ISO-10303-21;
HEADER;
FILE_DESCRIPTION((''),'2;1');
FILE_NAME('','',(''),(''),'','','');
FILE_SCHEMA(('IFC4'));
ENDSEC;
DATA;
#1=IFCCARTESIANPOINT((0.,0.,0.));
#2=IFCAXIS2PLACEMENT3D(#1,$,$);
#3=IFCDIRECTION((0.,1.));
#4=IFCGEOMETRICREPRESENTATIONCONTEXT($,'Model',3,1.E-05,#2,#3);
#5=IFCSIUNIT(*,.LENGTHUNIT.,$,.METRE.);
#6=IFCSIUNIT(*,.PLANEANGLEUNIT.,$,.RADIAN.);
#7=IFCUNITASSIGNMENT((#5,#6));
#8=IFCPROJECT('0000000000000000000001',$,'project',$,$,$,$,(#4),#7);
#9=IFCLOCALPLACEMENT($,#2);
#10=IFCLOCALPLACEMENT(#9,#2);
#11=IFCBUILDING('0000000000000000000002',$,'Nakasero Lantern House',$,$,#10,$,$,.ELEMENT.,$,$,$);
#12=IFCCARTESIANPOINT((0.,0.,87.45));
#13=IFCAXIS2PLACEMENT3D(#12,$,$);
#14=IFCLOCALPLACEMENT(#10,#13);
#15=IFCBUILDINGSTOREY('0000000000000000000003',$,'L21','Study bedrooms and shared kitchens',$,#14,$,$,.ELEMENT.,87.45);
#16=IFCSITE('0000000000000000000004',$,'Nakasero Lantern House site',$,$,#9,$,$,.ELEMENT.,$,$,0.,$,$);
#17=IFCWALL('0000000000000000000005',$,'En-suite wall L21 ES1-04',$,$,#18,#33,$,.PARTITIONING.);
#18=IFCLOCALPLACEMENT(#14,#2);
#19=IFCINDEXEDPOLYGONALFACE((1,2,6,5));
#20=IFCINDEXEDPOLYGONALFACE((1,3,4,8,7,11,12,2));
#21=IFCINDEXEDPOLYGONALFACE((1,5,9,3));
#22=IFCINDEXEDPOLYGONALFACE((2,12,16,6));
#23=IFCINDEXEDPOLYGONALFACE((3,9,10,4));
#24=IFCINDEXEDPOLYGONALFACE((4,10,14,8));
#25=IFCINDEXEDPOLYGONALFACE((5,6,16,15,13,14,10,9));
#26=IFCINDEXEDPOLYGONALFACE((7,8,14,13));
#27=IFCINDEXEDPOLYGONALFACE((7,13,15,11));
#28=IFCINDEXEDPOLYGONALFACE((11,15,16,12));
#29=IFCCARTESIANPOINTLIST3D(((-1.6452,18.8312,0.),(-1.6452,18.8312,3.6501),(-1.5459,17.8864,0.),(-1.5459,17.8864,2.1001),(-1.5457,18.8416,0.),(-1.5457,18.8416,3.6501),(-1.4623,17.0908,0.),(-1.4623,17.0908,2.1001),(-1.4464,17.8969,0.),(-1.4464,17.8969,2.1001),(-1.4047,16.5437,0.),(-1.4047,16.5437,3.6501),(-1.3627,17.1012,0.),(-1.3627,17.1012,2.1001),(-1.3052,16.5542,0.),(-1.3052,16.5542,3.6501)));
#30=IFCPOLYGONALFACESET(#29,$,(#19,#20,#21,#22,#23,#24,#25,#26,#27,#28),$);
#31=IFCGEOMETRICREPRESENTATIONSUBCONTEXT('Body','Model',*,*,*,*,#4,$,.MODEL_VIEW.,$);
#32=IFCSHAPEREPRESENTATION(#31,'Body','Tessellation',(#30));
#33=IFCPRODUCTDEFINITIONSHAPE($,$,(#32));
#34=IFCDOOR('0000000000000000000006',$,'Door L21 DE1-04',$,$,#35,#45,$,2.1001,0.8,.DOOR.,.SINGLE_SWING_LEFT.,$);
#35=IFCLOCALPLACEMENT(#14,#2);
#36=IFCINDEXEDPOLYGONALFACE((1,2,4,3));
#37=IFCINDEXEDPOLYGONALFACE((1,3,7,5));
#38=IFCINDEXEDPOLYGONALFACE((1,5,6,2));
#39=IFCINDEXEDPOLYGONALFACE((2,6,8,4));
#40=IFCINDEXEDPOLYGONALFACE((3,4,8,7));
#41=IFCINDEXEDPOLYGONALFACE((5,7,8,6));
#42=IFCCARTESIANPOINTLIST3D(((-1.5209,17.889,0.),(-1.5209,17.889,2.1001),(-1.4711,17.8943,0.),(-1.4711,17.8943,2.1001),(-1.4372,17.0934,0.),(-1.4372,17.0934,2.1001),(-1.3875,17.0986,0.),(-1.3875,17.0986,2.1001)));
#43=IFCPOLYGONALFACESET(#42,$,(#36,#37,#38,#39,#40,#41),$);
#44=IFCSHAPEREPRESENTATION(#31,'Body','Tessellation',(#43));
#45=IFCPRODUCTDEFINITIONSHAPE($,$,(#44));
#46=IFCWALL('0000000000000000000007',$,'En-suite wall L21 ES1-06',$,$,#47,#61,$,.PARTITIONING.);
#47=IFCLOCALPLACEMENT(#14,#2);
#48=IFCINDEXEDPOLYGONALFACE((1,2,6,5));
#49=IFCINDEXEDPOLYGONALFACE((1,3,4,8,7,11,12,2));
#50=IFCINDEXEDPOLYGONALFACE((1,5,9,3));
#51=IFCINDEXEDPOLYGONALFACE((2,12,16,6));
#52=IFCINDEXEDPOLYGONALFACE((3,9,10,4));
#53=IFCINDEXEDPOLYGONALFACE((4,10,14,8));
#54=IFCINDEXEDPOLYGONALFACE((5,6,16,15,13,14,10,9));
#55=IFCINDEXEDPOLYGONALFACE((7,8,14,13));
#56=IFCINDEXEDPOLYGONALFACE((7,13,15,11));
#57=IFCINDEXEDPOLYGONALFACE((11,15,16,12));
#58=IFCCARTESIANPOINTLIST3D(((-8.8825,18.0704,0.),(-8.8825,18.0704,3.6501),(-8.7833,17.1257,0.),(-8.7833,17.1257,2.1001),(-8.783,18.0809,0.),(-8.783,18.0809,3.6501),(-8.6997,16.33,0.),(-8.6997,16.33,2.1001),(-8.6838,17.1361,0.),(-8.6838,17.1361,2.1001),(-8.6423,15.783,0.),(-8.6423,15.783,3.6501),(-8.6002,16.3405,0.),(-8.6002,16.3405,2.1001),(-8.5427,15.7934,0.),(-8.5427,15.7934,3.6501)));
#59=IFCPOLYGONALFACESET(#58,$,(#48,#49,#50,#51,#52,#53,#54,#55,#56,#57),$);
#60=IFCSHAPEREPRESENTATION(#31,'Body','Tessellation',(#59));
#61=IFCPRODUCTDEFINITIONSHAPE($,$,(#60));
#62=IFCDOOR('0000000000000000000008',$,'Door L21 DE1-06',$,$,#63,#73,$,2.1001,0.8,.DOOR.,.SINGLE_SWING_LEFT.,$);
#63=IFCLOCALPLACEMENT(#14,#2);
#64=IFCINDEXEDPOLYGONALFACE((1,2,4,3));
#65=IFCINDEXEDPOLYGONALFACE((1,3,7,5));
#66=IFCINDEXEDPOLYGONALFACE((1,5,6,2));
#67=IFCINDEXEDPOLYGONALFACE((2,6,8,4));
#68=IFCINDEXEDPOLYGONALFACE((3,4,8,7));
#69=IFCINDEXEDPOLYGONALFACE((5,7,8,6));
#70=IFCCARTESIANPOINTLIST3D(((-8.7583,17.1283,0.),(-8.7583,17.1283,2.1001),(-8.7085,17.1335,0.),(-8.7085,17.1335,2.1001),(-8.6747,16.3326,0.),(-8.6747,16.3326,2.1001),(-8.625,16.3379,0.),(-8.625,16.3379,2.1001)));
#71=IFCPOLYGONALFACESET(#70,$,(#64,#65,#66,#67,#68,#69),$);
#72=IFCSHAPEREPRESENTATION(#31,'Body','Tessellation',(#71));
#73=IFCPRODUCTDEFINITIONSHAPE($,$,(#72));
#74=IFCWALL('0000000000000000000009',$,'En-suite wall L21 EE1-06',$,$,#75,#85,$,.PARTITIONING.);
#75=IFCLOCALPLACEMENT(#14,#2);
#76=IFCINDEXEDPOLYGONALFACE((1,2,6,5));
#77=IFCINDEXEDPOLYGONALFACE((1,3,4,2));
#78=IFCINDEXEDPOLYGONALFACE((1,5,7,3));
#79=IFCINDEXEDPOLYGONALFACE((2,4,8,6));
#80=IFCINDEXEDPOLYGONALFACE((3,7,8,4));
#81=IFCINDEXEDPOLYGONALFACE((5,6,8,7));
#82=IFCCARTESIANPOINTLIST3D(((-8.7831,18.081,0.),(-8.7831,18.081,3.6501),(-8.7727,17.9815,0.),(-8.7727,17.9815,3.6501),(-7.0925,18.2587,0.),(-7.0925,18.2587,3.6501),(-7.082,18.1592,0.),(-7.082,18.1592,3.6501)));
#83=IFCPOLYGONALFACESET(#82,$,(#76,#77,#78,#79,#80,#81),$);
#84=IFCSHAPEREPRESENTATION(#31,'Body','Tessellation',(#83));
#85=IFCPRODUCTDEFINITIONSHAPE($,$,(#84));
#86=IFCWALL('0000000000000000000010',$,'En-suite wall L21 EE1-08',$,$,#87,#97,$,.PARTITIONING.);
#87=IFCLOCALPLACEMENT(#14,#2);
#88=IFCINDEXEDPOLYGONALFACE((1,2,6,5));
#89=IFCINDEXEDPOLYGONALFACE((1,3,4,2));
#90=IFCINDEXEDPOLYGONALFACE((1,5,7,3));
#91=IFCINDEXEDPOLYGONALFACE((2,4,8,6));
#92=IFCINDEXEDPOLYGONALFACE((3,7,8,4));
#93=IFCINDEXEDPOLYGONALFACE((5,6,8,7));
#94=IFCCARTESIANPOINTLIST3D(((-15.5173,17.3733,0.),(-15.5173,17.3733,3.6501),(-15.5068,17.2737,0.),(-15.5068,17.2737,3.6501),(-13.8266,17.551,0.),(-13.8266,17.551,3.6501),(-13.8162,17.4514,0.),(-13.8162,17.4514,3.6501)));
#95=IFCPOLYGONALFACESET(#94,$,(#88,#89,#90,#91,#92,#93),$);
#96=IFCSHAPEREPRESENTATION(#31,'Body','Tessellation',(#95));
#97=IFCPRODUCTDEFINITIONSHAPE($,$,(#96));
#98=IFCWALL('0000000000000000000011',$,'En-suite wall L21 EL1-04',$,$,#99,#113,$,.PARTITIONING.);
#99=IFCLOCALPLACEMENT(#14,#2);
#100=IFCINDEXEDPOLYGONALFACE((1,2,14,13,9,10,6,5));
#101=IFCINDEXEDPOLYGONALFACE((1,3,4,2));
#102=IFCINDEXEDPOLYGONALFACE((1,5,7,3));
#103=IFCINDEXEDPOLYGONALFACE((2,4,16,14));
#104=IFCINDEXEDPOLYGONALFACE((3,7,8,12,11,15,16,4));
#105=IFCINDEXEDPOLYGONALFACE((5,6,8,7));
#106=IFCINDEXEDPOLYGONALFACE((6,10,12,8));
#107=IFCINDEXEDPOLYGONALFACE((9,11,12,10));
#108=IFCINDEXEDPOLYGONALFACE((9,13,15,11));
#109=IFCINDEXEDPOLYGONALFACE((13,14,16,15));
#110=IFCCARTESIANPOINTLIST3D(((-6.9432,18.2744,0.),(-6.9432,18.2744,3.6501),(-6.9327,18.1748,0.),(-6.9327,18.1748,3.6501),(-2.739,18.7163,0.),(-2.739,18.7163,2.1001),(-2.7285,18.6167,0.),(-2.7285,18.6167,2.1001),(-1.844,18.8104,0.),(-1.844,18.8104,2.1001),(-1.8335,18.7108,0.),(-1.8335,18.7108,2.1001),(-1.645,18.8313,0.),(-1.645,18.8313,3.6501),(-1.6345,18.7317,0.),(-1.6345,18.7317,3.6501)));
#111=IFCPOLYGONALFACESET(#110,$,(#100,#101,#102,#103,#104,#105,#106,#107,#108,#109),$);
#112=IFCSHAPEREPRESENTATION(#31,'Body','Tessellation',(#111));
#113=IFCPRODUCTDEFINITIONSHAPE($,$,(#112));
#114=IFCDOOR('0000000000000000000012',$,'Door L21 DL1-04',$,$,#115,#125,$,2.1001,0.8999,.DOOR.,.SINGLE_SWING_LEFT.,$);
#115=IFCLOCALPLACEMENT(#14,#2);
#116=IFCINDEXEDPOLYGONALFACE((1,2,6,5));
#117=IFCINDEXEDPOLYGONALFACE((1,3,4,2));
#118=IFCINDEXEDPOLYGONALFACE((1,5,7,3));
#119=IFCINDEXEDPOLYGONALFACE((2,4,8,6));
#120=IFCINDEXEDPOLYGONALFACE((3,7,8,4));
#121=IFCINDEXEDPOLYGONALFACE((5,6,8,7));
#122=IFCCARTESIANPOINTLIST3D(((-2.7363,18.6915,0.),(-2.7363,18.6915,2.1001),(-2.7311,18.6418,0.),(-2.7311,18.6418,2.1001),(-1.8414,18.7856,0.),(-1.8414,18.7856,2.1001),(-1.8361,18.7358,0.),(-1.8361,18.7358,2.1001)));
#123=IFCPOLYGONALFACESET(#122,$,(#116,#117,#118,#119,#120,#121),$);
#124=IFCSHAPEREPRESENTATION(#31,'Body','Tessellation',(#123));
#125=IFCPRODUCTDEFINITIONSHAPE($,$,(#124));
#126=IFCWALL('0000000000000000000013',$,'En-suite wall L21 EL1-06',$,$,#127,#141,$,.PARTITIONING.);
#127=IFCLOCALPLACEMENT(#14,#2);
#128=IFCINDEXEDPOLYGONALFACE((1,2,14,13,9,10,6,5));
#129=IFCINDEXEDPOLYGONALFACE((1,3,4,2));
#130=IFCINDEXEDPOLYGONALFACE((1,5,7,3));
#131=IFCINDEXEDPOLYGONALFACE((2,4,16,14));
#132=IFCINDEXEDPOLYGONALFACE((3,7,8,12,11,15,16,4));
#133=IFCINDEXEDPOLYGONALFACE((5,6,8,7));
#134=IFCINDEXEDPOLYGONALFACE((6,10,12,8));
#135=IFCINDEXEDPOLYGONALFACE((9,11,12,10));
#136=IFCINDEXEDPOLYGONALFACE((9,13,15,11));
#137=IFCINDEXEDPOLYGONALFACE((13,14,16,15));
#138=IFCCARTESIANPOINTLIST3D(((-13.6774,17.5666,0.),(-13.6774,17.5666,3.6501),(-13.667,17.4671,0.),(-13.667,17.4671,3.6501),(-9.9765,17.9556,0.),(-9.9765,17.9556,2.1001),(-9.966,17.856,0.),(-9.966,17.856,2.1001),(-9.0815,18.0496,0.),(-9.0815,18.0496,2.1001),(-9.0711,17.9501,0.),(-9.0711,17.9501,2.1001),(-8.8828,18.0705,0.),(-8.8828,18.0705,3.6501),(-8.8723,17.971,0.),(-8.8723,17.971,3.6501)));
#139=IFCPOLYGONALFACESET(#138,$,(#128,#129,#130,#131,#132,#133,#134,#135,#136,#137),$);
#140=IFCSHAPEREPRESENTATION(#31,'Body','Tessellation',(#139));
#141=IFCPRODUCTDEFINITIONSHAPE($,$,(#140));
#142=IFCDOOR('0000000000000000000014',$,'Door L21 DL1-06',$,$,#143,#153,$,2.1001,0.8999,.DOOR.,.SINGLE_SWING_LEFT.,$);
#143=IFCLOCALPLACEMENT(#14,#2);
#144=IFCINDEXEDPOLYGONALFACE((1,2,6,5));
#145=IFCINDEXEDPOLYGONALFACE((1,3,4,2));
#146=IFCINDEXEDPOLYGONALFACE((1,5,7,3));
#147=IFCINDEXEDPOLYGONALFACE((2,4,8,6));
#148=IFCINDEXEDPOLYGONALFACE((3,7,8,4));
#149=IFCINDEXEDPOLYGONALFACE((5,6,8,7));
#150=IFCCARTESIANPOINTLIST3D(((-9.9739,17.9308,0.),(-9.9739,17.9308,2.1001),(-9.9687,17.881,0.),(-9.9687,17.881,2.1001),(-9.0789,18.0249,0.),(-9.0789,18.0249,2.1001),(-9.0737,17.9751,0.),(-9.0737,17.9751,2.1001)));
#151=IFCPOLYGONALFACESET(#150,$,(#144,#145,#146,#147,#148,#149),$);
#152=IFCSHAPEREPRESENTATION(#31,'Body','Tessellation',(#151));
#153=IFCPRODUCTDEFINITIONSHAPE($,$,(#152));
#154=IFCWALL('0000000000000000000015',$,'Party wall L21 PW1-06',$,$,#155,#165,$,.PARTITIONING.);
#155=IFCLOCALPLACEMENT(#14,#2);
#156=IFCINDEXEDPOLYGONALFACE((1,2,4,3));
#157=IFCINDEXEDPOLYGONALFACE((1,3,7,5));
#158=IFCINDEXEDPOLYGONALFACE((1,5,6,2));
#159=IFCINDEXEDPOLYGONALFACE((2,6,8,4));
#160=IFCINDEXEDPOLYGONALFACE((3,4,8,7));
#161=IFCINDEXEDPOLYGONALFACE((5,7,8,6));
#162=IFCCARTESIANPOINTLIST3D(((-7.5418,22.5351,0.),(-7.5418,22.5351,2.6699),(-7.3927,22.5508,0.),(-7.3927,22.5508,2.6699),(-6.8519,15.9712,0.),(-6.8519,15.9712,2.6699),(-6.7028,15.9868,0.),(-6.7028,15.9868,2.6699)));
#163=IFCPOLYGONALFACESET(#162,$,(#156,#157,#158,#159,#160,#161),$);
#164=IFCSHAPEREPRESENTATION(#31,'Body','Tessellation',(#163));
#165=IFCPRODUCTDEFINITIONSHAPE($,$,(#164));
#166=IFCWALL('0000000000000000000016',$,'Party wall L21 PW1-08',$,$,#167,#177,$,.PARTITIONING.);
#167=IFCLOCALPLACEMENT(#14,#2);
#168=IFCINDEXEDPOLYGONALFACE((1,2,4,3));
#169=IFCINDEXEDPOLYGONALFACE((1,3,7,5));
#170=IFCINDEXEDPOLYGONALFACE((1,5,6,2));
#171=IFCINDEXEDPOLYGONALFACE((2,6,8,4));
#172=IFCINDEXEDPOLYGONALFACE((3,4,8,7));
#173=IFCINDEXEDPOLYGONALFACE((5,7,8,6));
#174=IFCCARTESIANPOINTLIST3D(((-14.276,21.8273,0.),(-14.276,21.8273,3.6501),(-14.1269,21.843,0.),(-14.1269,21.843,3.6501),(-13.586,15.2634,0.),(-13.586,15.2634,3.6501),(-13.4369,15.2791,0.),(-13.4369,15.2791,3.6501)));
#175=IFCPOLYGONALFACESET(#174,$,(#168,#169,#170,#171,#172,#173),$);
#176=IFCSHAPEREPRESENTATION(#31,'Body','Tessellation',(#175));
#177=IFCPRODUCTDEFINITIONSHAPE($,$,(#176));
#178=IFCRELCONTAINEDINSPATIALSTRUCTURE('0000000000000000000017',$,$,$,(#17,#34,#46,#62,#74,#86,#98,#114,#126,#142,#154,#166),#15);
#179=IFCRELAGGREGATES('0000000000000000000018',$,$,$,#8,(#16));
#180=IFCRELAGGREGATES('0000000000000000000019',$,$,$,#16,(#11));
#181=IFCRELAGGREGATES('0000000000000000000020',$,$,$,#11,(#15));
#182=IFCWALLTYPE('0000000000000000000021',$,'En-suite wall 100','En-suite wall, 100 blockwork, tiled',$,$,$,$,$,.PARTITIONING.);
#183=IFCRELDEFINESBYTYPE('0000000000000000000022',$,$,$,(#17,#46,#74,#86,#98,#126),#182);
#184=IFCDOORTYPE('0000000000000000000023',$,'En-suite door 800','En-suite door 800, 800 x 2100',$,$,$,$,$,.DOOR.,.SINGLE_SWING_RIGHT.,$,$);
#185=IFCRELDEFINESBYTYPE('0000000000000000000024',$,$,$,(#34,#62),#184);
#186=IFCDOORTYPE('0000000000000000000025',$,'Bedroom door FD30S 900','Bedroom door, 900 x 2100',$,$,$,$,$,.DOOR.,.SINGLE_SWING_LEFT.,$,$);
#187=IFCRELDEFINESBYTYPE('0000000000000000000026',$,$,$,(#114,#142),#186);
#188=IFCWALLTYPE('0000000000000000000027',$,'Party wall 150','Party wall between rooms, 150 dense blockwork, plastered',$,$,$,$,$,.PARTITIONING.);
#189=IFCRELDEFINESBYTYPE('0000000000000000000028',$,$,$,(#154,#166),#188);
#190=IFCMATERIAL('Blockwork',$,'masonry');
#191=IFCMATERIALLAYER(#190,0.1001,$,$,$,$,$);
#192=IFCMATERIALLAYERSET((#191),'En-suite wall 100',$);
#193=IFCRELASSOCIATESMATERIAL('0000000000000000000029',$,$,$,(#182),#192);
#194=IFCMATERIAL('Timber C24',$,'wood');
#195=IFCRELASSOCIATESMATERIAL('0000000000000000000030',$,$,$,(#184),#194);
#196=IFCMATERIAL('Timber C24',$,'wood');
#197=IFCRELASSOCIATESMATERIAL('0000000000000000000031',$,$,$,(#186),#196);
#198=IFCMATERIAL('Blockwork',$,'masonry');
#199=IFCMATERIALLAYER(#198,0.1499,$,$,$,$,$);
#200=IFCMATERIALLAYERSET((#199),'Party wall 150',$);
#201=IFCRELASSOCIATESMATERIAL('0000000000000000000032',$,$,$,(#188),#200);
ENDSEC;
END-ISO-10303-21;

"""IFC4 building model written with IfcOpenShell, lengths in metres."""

from ifc_helpers import new_model, si_unit, direction, frame, frame_2d, origin, place, context, subcontext, project, spatial, rectangle, extrude, material, layer, layer_set, type_object, element, fill, save


model = new_model("IFC4")

# Units and contexts
model_context = context("Model", 3, precision=1e-05, world=origin(), true_north=direction((0.0, 1.0)))
body_context = subcontext(model_context, "Body", "Model", "MODEL_VIEW")
ifc_project = project(units=[si_unit("LENGTHUNIT", "METRE"), si_unit("PLANEANGLEUNIT", "RADIAN")], contexts=[model_context])

# Site, building, storey
site_placement = place(None, origin())
site = spatial("IfcSite", under=ifc_project, at=site_placement, Name="Nakasero Lantern House site", CompositionType="ELEMENT", RefElevation=0.0)
building_placement = place(site_placement, origin())
building = spatial("IfcBuilding", under=site, at=building_placement, Name="Nakasero Lantern House", CompositionType="ELEMENT")
storey_placement = place(building_placement, frame((0.0, 0.0, 87.45)))
storey = spatial("IfcBuildingStorey", under=building, at=storey_placement, Name="L21", Description="Study bedrooms and shared kitchens", CompositionType="ELEMENT", Elevation=87.45)

# Walls, openings, doors
ifc_material_1 = material(Name="Blockwork", Category="masonry")
ifc_layer_1 = layer(ifc_material_1, 0.1001)
ifc_layer_set_1 = layer_set([ifc_layer_1], Name="En-suite wall 100")
wall_type_1 = type_object("IfcWallType", Name="En-suite wall 100", Description="En-suite wall, 100 blockwork, tiled", PredefinedType="PARTITIONING", material=ifc_layer_set_1)
wall_1_placement = place(storey_placement, frame((-1.355, 16.5491, 0.0), z_axis=(0.0, 0.0, 1.0), x_axis=(-0.104558, 0.994519, 0.0)))
wall_1 = element("IfcWall", 1, at=wall_1_placement, inside=storey, type_object=wall_type_1, Name="En-suite wall L21 ES1-04", PredefinedType="PARTITIONING", context=body_context, shape_type="SweptSolid", body=[
    extrude(rectangle(XDim=2.3, YDim=0.1001, at=frame_2d((1.1499, 0.0))), origin(), (0.0, 0.0, 1.0), 3.6501),
])
opening_1_placement = place(wall_1_placement, frame((0.55, 0.0, 0.0)))
opening_1 = element("IfcOpeningElement", 2, at=opening_1_placement, cuts=wall_1, PredefinedType="OPENING", context=body_context, shape_type="SweptSolid", body=[
    extrude(rectangle(XDim=0.8, YDim=2.1001, at=frame_2d((0.3999, 1.05))), frame((0.0, 0.0701, 0.0), z_axis=(0.0, -1.0, 0.0), x_axis=(1.0, 0.0, 0.0)), (0.0, 0.0, 1.0), 0.1401),
])
ifc_material_2 = material(Name="Timber C24", Category="wood")
door_type_1 = type_object("IfcDoorType", Name="En-suite door 800", Description="En-suite door 800, 800 x 2100", OperationType="SINGLE_SWING_RIGHT", PredefinedType="DOOR", material=ifc_material_2)
door_1_placement = place(opening_1_placement, origin())
door_1 = element("IfcDoor", 3, at=door_1_placement, inside=storey, type_object=door_type_1, Name="Door L21 DE1-04", OperationType="SINGLE_SWING_LEFT", OverallHeight=2.1001, OverallWidth=0.8, PredefinedType="DOOR", context=body_context, shape_type="SweptSolid", body=[
    extrude(rectangle(XDim=0.8, YDim=2.1001, at=frame_2d((0.3999, 1.05))), frame((0.0, 0.0249, 0.0), z_axis=(0.0, -1.0, 0.0), x_axis=(1.0, 0.0, 0.0)), (0.0, 0.0, 1.0), 0.05),
])
fill(opening_1, door_1)
wall_2_placement = place(storey_placement, frame((-8.5925, 15.7883, 0.0), z_axis=(0.0, 0.0, 1.0), x_axis=(-0.104453, 0.99453, 0.0)))
wall_2 = element("IfcWall", 4, at=wall_2_placement, inside=storey, type_object=wall_type_1, Name="En-suite wall L21 ES1-06", PredefinedType="PARTITIONING", context=body_context, shape_type="SweptSolid", body=[
    extrude(rectangle(XDim=2.3, YDim=0.1001, at=frame_2d((1.1499, 0.0))), origin(), (0.0, 0.0, 1.0), 3.6501),
])
opening_2_placement = place(wall_2_placement, frame((0.55, 0.0, 0.0)))
opening_2 = element("IfcOpeningElement", 5, at=opening_2_placement, cuts=wall_2, PredefinedType="OPENING", context=body_context, shape_type="SweptSolid", body=[
    extrude(rectangle(XDim=0.8, YDim=2.1001, at=frame_2d((0.3999, 1.05))), frame((0.0, 0.0701, 0.0), z_axis=(0.0, -1.0, 0.0), x_axis=(1.0, 0.0, 0.0)), (0.0, 0.0, 1.0), 0.1401),
])
door_2_placement = place(opening_2_placement, origin())
door_2 = element("IfcDoor", 6, at=door_2_placement, inside=storey, type_object=door_type_1, Name="Door L21 DE1-06", OperationType="SINGLE_SWING_LEFT", OverallHeight=2.1001, OverallWidth=0.8, PredefinedType="DOOR", context=body_context, shape_type="SweptSolid", body=[
    extrude(rectangle(XDim=0.8, YDim=2.1001, at=frame_2d((0.3999, 1.05))), frame((0.0, 0.0249, 0.0), z_axis=(0.0, -1.0, 0.0), x_axis=(1.0, 0.0, 0.0)), (0.0, 0.0, 1.0), 0.05),
])
fill(opening_2, door_2)

# Walls
for number, where, z_axis, x_axis, name in (
    (7, (-7.0872, 18.209, 0.0), (0.0, 0.0, 1.0), (-0.99452, -0.10455, 0.0), "En-suite wall L21 EE1-06"),
    (8, (-13.8213, 17.5012, 0.0), (0.0, 0.0, 1.0), (-0.99452, -0.10455, 0.0), "En-suite wall L21 EE1-08"),
):
    element("IfcWall", number, at=place(storey_placement, frame(where, z_axis=z_axis, x_axis=x_axis)), inside=storey, type_object=wall_type_1, Name=name, PredefinedType="PARTITIONING", context=body_context, shape_type="SweptSolid", body=[
        extrude(rectangle(XDim=1.7, YDim=0.1001, at=frame_2d((0.8501, 0.0))), origin(), (0.0, 0.0, 1.0), 3.6501),
    ])

# Walls, openings, doors
wall_3_placement = place(storey_placement, frame((-1.6399, 18.7815, 0.0), z_axis=(0.0, 0.0, 1.0), x_axis=(-0.994521, -0.104534, 0.0)))
wall_3 = element("IfcWall", 9, at=wall_3_placement, inside=storey, type_object=wall_type_1, Name="En-suite wall L21 EL1-04", PredefinedType="PARTITIONING", context=body_context, shape_type="SweptSolid", body=[
    extrude(rectangle(XDim=5.3274, YDim=0.1001, at=frame_2d((2.6636, 0.0))), origin(), (0.0, 0.0, 1.0), 3.6501),
])
opening_3_placement = place(wall_3_placement, frame((0.2, 0.0, 0.0)))
opening_3 = element("IfcOpeningElement", 10, at=opening_3_placement, cuts=wall_3, PredefinedType="OPENING", context=body_context, shape_type="SweptSolid", body=[
    extrude(rectangle(XDim=0.8999, YDim=2.1001, at=frame_2d((0.45, 1.05))), frame((0.0, 0.0701, 0.0), z_axis=(0.0, -1.0, 0.0), x_axis=(1.0, 0.0, 0.0)), (0.0, 0.0, 1.0), 0.1401),
])
ifc_material_3 = material(Name="Timber C24", Category="wood")
door_type_2 = type_object("IfcDoorType", Name="Bedroom door FD30S 900", Description="Bedroom door, 900 x 2100", OperationType="SINGLE_SWING_LEFT", PredefinedType="DOOR", material=ifc_material_3)
door_3_placement = place(opening_3_placement, origin())
door_3 = element("IfcDoor", 11, at=door_3_placement, inside=storey, type_object=door_type_2, Name="Door L21 DL1-04", OperationType="SINGLE_SWING_LEFT", OverallHeight=2.1001, OverallWidth=0.8999, PredefinedType="DOOR", context=body_context, shape_type="SweptSolid", body=[
    extrude(rectangle(XDim=0.8999, YDim=2.1001, at=frame_2d((0.45, 1.05))), frame((0.0, 0.0249, 0.0), z_axis=(0.0, -1.0, 0.0), x_axis=(1.0, 0.0, 0.0)), (0.0, 0.0, 1.0), 0.05),
])
fill(opening_3, door_3)
wall_4_placement = place(storey_placement, frame((-8.8774, 18.0208, 0.0), z_axis=(0.0, 0.0, 1.0), x_axis=(-0.994523, -0.104521, 0.0)))
wall_4 = element("IfcWall", 12, at=wall_4_placement, inside=storey, type_object=wall_type_1, Name="En-suite wall L21 EL1-06", PredefinedType="PARTITIONING", context=body_context, shape_type="SweptSolid", body=[
    extrude(rectangle(XDim=4.821, YDim=0.1001, at=frame_2d((2.4106, 0.0))), origin(), (0.0, 0.0, 1.0), 3.6501),
])
opening_4_placement = place(wall_4_placement, frame((0.2, 0.0, 0.0)))
opening_4 = element("IfcOpeningElement", 13, at=opening_4_placement, cuts=wall_4, PredefinedType="OPENING", context=body_context, shape_type="SweptSolid", body=[
    extrude(rectangle(XDim=0.8999, YDim=2.1001, at=frame_2d((0.45, 1.05))), frame((0.0, 0.0701, 0.0), z_axis=(0.0, -1.0, 0.0), x_axis=(1.0, 0.0, 0.0)), (0.0, 0.0, 1.0), 0.1401),
])
door_4_placement = place(opening_4_placement, origin())
door_4 = element("IfcDoor", 14, at=door_4_placement, inside=storey, type_object=door_type_2, Name="Door L21 DL1-06", OperationType="SINGLE_SWING_LEFT", OverallHeight=2.1001, OverallWidth=0.8999, PredefinedType="DOOR", context=body_context, shape_type="SweptSolid", body=[
    extrude(rectangle(XDim=0.8999, YDim=2.1001, at=frame_2d((0.45, 1.05))), frame((0.0, 0.0249, 0.0), z_axis=(0.0, -1.0, 0.0), x_axis=(1.0, 0.0, 0.0)), (0.0, 0.0, 1.0), 0.05),
])
fill(opening_4, door_4)

# Walls
ifc_material_4 = material(Name="Blockwork", Category="masonry")
ifc_layer_2 = layer(ifc_material_4, 0.1499)
ifc_layer_set_2 = layer_set([ifc_layer_2], Name="Party wall 150")
wall_type_2 = type_object("IfcWallType", Name="Party wall 150", Description="Party wall between rooms, 150 dense blockwork, plastered", PredefinedType="PARTITIONING", material=ifc_layer_set_2)
wall_5_placement = place(storey_placement, frame((-6.7773, 15.979, 0.0), z_axis=(0.0, 0.0, 1.0), x_axis=(-0.104535, 0.994521, 0.0)))
element("IfcWall", 15, at=wall_5_placement, inside=storey, type_object=wall_type_2, Name="Party wall L21 PW1-06", PredefinedType="PARTITIONING", context=body_context, shape_type="SweptSolid", body=[
    extrude(rectangle(XDim=6.6001, YDim=0.1499, at=frame_2d((3.3, 0.0))), origin(), (0.0, 0.0, 1.0), 2.6699),
])
wall_6_placement = place(storey_placement, frame((-13.5115, 15.2712, 0.0), z_axis=(0.0, 0.0, 1.0), x_axis=(-0.104535, 0.994521, 0.0)))
element("IfcWall", 16, at=wall_6_placement, inside=storey, type_object=wall_type_2, Name="Party wall L21 PW1-08", PredefinedType="PARTITIONING", context=body_context, shape_type="SweptSolid", body=[
    extrude(rectangle(XDim=6.6001, YDim=0.1499, at=frame_2d((3.3, 0.0))), origin(), (0.0, 0.0, 1.0), 3.6501),
])

save(model, "model.ifc")
